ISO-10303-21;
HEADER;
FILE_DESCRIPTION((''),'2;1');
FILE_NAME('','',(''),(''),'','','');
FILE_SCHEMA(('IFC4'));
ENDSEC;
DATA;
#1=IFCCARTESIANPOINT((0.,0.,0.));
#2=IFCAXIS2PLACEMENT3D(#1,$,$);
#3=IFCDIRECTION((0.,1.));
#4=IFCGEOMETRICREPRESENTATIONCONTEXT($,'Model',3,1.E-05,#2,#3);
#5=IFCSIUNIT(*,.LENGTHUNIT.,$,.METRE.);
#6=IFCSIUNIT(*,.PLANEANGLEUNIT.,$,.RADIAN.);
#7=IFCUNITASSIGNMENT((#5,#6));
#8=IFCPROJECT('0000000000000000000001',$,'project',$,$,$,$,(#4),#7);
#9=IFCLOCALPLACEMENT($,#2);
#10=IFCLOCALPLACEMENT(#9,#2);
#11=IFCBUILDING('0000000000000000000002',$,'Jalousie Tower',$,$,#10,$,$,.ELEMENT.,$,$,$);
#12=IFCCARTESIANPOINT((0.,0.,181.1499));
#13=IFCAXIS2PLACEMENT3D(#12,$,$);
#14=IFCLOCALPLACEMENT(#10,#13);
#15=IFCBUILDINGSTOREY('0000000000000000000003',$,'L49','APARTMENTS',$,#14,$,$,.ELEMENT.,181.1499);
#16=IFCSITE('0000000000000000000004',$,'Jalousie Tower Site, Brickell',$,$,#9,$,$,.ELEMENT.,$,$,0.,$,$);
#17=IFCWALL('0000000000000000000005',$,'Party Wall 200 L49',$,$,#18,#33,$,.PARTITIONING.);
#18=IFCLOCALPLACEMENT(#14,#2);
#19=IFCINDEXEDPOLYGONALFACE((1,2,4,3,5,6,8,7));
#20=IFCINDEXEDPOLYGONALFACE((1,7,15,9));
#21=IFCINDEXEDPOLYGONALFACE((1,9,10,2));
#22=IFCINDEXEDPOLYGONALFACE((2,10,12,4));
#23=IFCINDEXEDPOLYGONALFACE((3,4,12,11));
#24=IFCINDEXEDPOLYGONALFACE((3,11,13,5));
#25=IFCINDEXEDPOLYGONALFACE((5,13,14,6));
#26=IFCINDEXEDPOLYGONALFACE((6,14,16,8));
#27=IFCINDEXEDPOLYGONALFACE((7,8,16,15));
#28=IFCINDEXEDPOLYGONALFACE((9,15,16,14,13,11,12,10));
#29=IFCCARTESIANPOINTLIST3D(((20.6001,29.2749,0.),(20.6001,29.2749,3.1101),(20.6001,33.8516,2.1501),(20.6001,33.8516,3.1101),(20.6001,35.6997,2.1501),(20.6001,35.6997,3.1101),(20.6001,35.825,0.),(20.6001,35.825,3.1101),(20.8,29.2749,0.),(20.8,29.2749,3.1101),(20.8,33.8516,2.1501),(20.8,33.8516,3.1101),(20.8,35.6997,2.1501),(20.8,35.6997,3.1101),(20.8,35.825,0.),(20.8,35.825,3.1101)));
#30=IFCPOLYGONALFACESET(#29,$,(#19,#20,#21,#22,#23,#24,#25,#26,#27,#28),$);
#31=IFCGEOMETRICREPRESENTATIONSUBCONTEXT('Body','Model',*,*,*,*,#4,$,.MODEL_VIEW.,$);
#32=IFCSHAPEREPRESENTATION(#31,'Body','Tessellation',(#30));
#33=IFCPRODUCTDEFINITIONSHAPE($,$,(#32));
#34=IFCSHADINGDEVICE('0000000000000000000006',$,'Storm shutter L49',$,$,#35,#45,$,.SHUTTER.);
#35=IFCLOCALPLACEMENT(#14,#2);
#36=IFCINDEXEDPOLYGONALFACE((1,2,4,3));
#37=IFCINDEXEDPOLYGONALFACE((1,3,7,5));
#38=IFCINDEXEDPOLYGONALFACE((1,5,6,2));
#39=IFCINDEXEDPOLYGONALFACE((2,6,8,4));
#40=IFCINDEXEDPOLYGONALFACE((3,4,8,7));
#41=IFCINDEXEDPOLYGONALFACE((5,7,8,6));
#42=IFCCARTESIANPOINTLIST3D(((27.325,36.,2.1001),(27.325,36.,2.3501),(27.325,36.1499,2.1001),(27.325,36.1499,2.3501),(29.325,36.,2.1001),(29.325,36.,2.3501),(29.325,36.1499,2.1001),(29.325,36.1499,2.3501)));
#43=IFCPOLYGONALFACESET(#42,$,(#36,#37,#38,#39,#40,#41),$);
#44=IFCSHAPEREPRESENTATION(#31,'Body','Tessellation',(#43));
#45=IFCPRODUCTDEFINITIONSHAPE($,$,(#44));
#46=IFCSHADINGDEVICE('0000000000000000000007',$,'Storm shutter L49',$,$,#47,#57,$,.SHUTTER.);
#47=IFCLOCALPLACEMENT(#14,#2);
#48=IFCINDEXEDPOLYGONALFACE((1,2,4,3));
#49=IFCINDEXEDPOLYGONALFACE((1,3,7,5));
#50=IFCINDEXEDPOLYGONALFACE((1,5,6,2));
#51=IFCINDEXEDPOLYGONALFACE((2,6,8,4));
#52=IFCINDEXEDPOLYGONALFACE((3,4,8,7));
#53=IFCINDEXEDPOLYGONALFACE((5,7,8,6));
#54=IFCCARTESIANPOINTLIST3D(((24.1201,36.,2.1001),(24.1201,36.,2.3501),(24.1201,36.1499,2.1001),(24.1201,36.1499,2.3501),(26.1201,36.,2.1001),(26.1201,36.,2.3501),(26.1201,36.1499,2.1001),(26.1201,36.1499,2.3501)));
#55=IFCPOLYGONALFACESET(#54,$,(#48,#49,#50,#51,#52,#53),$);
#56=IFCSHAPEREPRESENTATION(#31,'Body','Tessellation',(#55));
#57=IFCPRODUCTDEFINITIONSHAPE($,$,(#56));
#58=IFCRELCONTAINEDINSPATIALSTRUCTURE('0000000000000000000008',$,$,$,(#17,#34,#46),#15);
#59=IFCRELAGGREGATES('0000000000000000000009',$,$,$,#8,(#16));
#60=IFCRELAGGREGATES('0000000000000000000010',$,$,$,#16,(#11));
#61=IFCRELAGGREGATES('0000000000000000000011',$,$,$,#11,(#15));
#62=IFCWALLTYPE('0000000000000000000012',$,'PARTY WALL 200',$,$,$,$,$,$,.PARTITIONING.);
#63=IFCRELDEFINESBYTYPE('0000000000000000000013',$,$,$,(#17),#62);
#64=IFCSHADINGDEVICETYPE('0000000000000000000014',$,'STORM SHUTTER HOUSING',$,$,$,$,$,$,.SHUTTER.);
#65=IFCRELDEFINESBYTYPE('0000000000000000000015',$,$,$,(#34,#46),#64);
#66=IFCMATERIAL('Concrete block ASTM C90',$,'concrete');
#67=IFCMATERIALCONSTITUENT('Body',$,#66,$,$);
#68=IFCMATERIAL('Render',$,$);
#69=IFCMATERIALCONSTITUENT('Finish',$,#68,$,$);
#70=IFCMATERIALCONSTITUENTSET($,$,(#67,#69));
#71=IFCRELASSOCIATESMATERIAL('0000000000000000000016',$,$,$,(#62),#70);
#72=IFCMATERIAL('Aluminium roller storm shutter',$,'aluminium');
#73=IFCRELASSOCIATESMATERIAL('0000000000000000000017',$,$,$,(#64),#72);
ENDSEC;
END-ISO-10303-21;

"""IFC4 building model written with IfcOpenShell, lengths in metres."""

from ifc_helpers import new_model, si_unit, direction, frame, origin, origin_2d, place, context, subcontext, project, spatial, polyline, rectangle, outline, extrude, material, constituent, constituent_set, type_object, element, save


model = new_model("IFC4")

# Units and contexts
model_context = context("Model", 3, precision=1e-05, world=origin(), true_north=direction((0.0, 1.0)))
body_context = subcontext(model_context, "Body", "Model", "MODEL_VIEW")
ifc_project = project(units=[si_unit("LENGTHUNIT", "METRE"), si_unit("PLANEANGLEUNIT", "RADIAN")], contexts=[model_context])

# Site, building, storey
site_placement = place(None, origin())
site = spatial("IfcSite", under=ifc_project, at=site_placement, Name="Jalousie Tower Site, Brickell", CompositionType="ELEMENT", RefElevation=0.0)
building_placement = place(site_placement, origin())
building = spatial("IfcBuilding", under=site, at=building_placement, Name="Jalousie Tower", CompositionType="ELEMENT")
storey_placement = place(building_placement, frame((0.0, 0.0, 181.1499)))
storey = spatial("IfcBuildingStorey", under=building, at=storey_placement, Name="L49", Description="APARTMENTS", CompositionType="ELEMENT", Elevation=181.1499)

# Wall
ifc_material_1 = material(Name="Concrete block ASTM C90", Category="concrete")
ifc_constituent_1 = constituent(ifc_material_1, Name="Body")
ifc_material_2 = material(Name="Render")
ifc_constituent_2 = constituent(ifc_material_2, Name="Finish")
ifc_constituent_set_1 = constituent_set(constituents=[ifc_constituent_1, ifc_constituent_2])
wall_type_1 = type_object("IfcWallType", Name="PARTY WALL 200", PredefinedType="PARTITIONING", material=ifc_constituent_set_1)
wall_1_placement = place(storey_placement, frame((20.7, 35.825, 0.0), z_axis=(0.0, 0.0, 1.0), x_axis=(0.0, -1.0, 0.0)))
element("IfcWall", 1, at=wall_1_placement, inside=storey, type_object=wall_type_1, Name="Party Wall 200 L49", PredefinedType="PARTITIONING", context=body_context, shape_type="SweptSolid", body=[
    extrude(outline(polyline([(0.0, 0.0), (6.55, 0.0), (6.55, 3.1101), (1.9734, 3.1101), (1.9734, 2.1501), (0.1252, 2.1501), (0.1252, 3.1101), (0.0, 3.1101), (0.0, 0.0)])), frame((0.0, 0.1001, 0.0), z_axis=(0.0, -1.0, 0.0), x_axis=(1.0, 0.0, 0.0)), (0.0, 0.0, 1.0), 0.2),
])

# Shading devices
ifc_material_3 = material(Name="Aluminium roller storm shutter", Category="aluminium")
shading_device_type = type_object("IfcShadingDeviceType", Name="STORM SHUTTER HOUSING", PredefinedType="SHUTTER", material=ifc_material_3)
for number, where, z_axis, x_axis, name in (
    (2, (28.325, 36.075, 2.1001), (0.0, 0.0, 1.0), (-1.0, 0.0, 0.0), "Storm shutter L49"),
    (3, (25.1201, 36.075, 2.1001), (0.0, 0.0, 1.0), (-1.0, 0.0, 0.0), "Storm shutter L49"),
):
    element("IfcShadingDevice", number, at=place(storey_placement, frame(where, z_axis=z_axis, x_axis=x_axis)), inside=storey, type_object=shading_device_type, Name=name, PredefinedType="SHUTTER", context=body_context, shape_type="SweptSolid", body=[
        extrude(rectangle(XDim=2.0, YDim=0.1499, at=origin_2d()), origin(), (0.0, 0.0, 1.0), 0.25),
    ])

save(model, "model.ifc")
